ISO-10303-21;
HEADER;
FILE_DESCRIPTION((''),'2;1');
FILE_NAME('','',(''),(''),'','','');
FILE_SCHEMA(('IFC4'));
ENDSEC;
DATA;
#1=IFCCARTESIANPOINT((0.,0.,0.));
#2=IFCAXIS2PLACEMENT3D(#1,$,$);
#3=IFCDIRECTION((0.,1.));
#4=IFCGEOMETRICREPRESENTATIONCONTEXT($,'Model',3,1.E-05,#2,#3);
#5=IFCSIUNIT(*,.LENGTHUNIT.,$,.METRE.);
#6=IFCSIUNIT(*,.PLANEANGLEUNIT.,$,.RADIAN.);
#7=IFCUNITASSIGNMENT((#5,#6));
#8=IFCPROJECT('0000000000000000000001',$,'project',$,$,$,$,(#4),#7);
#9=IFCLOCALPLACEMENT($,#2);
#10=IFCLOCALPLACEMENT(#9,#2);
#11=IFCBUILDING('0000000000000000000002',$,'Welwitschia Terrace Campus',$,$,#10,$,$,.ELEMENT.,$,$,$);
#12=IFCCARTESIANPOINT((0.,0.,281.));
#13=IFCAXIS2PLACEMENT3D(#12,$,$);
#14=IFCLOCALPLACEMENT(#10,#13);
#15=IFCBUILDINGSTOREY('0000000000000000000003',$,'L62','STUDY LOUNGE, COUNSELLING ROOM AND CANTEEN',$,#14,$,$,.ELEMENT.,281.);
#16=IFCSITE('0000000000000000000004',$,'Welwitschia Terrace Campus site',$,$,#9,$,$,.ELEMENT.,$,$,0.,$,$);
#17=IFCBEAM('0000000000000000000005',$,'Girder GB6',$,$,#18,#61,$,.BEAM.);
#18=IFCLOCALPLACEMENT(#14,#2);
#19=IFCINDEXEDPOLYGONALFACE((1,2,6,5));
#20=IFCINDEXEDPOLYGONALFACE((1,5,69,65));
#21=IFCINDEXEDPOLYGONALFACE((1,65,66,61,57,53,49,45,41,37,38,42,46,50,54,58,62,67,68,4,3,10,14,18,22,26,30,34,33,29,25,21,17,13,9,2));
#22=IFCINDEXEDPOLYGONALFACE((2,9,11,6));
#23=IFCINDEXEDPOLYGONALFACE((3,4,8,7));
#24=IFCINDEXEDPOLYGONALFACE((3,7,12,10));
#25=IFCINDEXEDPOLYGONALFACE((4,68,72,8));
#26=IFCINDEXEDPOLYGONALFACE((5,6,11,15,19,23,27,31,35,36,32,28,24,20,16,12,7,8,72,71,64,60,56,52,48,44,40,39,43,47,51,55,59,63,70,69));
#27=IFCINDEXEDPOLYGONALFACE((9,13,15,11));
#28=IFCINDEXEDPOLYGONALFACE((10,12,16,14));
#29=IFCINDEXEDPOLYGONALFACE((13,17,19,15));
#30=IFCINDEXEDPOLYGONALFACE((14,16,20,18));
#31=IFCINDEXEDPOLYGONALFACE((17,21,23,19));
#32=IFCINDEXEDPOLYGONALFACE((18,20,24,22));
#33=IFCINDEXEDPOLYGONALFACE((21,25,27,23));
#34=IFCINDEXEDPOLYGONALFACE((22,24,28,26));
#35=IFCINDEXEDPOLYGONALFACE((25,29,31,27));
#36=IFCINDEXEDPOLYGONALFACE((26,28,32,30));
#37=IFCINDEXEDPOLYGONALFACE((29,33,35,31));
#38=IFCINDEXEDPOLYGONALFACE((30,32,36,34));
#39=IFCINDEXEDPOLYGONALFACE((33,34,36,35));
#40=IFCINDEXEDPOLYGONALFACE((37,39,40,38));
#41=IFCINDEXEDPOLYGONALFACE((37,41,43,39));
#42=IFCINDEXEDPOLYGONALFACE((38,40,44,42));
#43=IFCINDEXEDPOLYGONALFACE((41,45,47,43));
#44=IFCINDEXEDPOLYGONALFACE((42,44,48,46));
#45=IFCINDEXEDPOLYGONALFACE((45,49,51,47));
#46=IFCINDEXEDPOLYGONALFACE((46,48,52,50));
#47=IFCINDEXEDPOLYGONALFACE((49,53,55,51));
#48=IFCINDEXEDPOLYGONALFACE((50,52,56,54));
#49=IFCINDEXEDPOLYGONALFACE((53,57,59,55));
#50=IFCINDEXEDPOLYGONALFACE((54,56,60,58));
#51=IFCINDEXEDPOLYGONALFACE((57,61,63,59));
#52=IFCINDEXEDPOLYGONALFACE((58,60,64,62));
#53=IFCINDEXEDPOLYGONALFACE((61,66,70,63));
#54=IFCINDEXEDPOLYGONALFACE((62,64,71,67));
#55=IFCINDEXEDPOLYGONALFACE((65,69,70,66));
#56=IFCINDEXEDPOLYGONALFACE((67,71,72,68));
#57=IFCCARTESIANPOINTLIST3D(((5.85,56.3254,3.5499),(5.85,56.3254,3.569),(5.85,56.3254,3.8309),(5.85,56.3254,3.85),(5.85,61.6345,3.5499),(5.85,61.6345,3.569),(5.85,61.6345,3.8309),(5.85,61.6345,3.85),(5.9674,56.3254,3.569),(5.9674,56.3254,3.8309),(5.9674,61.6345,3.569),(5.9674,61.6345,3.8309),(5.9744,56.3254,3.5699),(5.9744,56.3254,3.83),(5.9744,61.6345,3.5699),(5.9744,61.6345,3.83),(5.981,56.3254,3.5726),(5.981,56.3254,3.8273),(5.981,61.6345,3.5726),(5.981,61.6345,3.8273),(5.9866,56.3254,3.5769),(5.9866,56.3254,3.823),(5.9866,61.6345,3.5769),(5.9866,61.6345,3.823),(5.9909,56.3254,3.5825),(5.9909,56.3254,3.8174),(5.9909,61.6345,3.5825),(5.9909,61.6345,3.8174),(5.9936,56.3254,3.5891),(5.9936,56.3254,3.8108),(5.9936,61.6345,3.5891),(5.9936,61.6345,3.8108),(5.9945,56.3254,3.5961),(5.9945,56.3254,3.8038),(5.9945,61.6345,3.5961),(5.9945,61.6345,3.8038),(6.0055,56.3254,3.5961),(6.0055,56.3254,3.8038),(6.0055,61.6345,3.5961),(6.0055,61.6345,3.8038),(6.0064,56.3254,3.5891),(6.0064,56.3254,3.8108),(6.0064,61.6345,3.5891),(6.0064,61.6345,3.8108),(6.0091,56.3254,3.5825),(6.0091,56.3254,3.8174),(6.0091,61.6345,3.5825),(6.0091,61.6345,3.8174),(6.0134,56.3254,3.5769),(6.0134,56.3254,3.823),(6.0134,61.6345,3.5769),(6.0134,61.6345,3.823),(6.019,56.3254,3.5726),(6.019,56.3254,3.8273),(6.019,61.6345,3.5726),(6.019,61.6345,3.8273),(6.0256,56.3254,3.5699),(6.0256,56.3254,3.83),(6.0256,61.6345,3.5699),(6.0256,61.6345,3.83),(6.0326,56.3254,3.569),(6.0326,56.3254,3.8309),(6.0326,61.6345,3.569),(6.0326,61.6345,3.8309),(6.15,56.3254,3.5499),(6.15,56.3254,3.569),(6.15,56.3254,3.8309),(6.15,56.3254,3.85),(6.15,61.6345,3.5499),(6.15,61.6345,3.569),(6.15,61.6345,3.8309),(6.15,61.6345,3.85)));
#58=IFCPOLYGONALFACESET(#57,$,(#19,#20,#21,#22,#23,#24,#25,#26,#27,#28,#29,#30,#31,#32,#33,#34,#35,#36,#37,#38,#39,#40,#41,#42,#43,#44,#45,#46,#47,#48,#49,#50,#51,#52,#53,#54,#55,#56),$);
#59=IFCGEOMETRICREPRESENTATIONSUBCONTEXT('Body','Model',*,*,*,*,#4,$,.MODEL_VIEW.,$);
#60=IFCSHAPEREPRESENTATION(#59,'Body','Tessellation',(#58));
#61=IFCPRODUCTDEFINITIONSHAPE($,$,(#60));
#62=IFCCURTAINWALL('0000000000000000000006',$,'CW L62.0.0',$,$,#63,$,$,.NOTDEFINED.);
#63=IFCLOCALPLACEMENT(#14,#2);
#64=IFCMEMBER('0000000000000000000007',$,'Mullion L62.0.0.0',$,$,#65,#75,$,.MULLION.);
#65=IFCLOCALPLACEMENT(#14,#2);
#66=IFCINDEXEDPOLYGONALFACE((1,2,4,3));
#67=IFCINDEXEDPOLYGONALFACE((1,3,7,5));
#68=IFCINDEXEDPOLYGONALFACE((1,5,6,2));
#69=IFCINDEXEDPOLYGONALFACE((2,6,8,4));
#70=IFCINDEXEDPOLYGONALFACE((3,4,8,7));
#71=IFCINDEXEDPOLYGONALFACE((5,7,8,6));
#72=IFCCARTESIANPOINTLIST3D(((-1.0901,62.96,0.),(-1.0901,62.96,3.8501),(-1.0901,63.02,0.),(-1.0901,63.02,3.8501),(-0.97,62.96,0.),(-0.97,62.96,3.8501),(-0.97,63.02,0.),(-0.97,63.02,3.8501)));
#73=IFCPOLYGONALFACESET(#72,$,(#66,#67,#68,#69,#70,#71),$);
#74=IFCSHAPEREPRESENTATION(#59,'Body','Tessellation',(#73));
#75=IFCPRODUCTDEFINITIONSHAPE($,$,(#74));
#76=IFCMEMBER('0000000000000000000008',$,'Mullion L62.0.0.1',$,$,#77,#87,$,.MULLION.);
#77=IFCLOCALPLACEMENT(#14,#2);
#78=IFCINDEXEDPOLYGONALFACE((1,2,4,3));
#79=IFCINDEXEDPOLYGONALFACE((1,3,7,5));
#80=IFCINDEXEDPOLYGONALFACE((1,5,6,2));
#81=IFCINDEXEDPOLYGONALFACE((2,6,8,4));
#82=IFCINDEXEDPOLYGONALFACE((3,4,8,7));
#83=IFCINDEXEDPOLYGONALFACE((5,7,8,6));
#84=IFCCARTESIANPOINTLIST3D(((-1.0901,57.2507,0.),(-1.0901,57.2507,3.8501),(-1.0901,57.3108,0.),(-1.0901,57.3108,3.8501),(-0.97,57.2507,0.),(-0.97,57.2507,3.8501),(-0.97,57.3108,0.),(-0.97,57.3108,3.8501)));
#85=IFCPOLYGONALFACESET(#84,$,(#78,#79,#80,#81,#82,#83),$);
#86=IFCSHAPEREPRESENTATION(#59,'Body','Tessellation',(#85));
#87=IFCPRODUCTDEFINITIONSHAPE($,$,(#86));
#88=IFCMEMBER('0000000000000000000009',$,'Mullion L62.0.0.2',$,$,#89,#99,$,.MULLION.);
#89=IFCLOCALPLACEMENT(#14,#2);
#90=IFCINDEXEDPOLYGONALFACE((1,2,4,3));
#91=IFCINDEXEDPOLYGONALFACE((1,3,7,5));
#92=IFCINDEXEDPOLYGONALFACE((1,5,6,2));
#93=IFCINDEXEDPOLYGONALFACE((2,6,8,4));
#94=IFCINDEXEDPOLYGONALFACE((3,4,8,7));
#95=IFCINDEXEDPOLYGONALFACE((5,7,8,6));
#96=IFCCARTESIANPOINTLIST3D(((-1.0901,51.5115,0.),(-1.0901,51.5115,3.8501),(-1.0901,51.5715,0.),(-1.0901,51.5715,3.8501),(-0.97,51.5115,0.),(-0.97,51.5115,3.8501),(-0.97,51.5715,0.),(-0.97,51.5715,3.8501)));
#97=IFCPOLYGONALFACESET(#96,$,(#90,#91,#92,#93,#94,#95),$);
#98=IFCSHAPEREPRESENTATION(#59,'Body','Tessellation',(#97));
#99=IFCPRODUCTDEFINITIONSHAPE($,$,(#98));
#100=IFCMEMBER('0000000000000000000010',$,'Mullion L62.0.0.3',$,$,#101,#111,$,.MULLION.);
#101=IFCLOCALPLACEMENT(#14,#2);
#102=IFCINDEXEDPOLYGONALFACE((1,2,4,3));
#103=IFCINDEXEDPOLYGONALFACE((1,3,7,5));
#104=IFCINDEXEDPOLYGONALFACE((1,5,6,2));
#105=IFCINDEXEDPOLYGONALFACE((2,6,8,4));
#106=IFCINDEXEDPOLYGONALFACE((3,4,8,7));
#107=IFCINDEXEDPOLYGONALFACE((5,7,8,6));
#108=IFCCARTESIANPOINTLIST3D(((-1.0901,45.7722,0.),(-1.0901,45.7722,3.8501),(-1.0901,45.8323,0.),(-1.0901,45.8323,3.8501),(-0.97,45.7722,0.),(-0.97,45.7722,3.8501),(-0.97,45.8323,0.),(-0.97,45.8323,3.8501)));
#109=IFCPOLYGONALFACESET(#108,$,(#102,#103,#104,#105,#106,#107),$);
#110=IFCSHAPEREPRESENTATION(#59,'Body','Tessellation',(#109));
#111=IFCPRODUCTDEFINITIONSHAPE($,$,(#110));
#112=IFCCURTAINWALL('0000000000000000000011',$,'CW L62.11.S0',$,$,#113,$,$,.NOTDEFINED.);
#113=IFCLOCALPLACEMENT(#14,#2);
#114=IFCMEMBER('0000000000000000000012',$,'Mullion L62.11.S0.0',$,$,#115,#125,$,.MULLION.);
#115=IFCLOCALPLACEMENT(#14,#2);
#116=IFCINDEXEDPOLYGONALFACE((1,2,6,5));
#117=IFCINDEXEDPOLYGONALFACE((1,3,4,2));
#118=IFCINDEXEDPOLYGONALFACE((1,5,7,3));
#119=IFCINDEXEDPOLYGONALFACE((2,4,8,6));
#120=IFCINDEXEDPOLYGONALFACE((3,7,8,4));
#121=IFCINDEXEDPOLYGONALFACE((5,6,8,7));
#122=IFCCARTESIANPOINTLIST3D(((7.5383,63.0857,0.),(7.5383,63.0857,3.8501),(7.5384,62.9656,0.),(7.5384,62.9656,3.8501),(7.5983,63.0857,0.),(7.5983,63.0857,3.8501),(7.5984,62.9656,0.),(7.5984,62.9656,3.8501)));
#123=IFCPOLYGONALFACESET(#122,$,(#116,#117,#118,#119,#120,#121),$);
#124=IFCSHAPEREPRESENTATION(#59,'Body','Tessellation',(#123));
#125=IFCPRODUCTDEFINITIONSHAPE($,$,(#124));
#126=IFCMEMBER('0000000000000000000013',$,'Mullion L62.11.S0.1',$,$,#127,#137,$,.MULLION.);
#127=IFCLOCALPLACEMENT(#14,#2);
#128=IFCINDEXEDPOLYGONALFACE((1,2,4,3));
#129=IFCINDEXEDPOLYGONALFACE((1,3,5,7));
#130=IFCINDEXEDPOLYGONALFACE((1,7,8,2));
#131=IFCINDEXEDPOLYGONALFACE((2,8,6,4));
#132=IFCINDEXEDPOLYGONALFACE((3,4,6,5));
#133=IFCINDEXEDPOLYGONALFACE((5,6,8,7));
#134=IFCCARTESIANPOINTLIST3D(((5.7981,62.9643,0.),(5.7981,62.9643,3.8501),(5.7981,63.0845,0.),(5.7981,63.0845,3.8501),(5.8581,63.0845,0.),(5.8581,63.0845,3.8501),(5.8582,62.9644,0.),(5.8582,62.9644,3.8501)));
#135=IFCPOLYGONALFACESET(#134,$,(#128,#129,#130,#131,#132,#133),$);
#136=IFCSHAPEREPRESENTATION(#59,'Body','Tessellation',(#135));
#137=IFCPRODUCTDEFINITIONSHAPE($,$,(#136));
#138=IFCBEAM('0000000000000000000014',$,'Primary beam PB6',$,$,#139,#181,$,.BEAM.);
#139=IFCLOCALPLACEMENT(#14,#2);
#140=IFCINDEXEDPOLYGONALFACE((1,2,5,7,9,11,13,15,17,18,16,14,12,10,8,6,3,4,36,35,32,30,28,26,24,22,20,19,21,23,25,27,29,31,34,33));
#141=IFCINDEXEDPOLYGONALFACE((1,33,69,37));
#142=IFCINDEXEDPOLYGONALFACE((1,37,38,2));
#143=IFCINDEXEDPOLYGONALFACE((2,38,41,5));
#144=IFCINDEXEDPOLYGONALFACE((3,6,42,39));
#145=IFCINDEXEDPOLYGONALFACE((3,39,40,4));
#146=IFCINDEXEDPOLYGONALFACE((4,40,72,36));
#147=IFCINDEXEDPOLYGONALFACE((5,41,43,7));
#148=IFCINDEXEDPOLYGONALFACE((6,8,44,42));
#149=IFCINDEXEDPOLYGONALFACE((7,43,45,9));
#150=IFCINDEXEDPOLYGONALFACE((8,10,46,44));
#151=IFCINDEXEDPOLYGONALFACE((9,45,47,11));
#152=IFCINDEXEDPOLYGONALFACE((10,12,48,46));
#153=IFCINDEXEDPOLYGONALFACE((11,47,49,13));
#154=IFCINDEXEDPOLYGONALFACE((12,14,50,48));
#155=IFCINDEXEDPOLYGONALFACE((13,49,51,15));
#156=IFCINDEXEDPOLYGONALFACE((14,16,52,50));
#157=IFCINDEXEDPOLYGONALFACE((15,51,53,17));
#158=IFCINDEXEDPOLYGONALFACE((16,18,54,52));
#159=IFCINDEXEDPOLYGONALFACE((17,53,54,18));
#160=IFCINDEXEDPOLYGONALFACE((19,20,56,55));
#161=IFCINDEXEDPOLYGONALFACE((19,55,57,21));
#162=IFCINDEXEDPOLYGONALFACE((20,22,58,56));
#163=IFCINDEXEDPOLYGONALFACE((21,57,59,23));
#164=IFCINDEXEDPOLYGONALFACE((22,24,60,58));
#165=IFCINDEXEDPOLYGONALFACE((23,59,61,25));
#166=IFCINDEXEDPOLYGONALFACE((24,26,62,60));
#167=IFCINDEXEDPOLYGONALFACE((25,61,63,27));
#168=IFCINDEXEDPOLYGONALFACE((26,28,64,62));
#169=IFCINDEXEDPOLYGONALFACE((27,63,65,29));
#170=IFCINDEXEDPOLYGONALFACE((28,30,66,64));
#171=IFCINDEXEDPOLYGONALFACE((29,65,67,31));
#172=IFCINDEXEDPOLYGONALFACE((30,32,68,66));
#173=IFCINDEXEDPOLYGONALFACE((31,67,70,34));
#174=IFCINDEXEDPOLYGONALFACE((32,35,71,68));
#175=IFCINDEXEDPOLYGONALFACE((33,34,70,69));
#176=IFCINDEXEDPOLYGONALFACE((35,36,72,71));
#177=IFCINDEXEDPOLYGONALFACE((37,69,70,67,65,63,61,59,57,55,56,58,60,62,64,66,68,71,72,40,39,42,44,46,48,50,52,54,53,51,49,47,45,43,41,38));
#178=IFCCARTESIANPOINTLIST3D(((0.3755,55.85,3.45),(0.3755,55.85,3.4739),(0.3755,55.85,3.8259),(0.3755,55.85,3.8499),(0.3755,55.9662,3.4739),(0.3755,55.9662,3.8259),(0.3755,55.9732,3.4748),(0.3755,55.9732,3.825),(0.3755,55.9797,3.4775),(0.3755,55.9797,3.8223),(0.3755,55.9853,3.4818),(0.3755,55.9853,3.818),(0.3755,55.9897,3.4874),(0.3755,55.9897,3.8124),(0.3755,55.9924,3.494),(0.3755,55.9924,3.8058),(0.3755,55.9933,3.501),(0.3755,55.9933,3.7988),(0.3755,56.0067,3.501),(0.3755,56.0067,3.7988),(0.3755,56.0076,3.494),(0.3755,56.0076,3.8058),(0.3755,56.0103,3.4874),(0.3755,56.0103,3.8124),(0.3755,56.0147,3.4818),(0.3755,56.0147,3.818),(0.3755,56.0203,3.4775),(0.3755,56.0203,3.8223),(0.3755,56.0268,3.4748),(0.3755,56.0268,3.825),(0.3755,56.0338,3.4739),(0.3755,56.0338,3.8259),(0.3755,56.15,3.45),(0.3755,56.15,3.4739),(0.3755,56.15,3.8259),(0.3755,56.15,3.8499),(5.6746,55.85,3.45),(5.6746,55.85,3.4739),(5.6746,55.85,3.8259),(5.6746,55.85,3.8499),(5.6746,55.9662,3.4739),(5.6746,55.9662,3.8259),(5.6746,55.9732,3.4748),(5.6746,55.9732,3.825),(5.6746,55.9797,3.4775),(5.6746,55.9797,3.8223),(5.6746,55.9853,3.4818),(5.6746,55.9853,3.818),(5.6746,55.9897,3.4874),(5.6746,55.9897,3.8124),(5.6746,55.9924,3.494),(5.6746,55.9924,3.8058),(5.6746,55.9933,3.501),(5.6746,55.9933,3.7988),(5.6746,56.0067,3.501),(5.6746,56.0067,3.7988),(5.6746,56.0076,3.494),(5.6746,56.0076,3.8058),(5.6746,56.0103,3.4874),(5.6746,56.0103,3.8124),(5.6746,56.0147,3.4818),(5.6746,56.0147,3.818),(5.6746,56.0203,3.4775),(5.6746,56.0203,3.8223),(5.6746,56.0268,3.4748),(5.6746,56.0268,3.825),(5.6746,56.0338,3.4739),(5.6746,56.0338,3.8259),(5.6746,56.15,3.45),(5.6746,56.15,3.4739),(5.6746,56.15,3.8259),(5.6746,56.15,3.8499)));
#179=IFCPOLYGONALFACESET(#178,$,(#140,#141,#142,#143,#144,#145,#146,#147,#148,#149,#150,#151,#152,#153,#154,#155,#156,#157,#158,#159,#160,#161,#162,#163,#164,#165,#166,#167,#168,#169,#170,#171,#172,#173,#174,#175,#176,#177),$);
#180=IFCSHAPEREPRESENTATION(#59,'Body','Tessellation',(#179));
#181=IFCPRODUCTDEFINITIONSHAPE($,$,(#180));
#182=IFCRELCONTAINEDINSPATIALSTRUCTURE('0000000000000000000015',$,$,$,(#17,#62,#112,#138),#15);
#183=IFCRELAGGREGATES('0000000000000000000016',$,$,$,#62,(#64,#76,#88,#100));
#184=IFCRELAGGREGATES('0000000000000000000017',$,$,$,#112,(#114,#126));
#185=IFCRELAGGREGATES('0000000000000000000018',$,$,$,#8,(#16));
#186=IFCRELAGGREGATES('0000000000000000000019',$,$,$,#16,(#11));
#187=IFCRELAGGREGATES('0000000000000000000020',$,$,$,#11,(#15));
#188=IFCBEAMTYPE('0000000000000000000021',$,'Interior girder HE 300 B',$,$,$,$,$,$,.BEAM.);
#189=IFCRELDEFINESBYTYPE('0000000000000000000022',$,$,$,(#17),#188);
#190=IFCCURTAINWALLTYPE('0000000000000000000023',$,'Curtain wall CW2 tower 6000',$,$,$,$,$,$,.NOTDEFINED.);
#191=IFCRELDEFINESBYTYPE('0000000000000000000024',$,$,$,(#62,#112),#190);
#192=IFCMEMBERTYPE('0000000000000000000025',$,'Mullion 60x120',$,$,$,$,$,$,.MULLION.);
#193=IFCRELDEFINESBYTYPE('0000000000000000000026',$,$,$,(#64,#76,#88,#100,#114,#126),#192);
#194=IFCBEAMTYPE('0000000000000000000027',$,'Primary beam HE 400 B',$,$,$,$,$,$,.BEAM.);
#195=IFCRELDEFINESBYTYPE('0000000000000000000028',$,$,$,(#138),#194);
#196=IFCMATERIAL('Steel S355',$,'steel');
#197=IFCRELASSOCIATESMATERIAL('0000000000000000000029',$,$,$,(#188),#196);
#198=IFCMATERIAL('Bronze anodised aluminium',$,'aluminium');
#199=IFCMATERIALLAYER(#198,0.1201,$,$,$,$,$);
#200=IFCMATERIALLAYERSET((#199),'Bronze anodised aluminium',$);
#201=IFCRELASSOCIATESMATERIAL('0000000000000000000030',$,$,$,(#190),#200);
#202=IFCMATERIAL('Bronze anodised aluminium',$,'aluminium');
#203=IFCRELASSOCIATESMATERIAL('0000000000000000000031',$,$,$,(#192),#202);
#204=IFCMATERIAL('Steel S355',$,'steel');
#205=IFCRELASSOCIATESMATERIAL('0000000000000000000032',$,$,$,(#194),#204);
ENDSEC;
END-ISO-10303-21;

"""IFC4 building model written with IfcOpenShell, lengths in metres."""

from ifc_helpers import new_model, si_unit, direction, frame, origin, origin_2d, place, context, subcontext, project, spatial, rectangle, i_section, extrude, material, layer, layer_set, material_profile, profile_set, type_object, element, aggregate, save


model = new_model("IFC4")

# Units and contexts
model_context = context("Model", 3, precision=1e-05, world=origin(), true_north=direction((0.0, 1.0)))
body_context = subcontext(model_context, "Body", "Model", "MODEL_VIEW")
ifc_project = project(units=[si_unit("LENGTHUNIT", "METRE"), si_unit("PLANEANGLEUNIT", "RADIAN")], contexts=[model_context])

# Site, building, storey
site_placement = place(None, origin())
site = spatial("IfcSite", under=ifc_project, at=site_placement, Name="Welwitschia Terrace Campus site", CompositionType="ELEMENT", RefElevation=0.0)
building_placement = place(site_placement, origin())
building = spatial("IfcBuilding", under=site, at=building_placement, Name="Welwitschia Terrace Campus", CompositionType="ELEMENT")
storey_placement = place(building_placement, frame((0.0, 0.0, 281.0)))
storey = spatial("IfcBuildingStorey", under=building, at=storey_placement, Name="L62", Description="STUDY LOUNGE, COUNSELLING ROOM AND CANTEEN", CompositionType="ELEMENT", Elevation=281.0)

# Beam
ifc_material_1 = material(Name="Steel S355", Category="steel")
ifc_material_profile_1 = material_profile(ifc_material_1, i_section(OverallWidth=0.3, OverallDepth=0.3, WebThickness=0.011, FlangeThickness=0.019, FilletRadius=0.0271, at=origin_2d()))
ifc_profile_set_1 = profile_set([ifc_material_profile_1], Name="Steel S355")
beam_type_1 = type_object("IfcBeamType", Name="Interior girder HE 300 B", PredefinedType="BEAM", material=ifc_profile_set_1)
beam_1_placement = place(storey_placement, frame((6.0, 56.3254, 3.7), z_axis=(0.0, 1.0, 0.0), x_axis=(-1.0, 0.0, 0.0)))
element("IfcBeam", 1, at=beam_1_placement, inside=storey, type_object=beam_type_1, Name="Girder GB6", PredefinedType="BEAM", context=body_context, shape_type="SweptSolid", body=[
    extrude(i_section(OverallWidth=0.3, OverallDepth=0.3, WebThickness=0.011, FlangeThickness=0.019, FilletRadius=0.0271, at=origin_2d()), origin(), (0.0, 0.0, 1.0), 5.3091),
])

# Curtain walls, members
ifc_material_2 = material(Name="Bronze anodised aluminium", Category="aluminium")
ifc_layer_1 = layer(ifc_material_2, 0.1201)
ifc_layer_set_1 = layer_set([ifc_layer_1], Name="Bronze anodised aluminium")
curtain_wall_type = type_object("IfcCurtainWallType", Name="Curtain wall CW2 tower 6000", PredefinedType="NOTDEFINED", material=ifc_layer_set_1)
curtain_wall_1_placement = place(storey_placement, origin())
curtain_wall_1 = element("IfcCurtainWall", 2, at=curtain_wall_1_placement, inside=storey, type_object=curtain_wall_type, Name="CW L62.0.0", PredefinedType="NOTDEFINED")
ifc_material_3 = material(Name="Bronze anodised aluminium", Category="aluminium")
ifc_material_profile_2 = material_profile(ifc_material_3, rectangle(XDim=0.1201, YDim=0.0601, at=origin_2d()))
ifc_profile_set_2 = profile_set([ifc_material_profile_2], Name="Bronze anodised aluminium")
member_type_1 = type_object("IfcMemberType", Name="Mullion 60x120", PredefinedType="MULLION", material=ifc_profile_set_2)
member_1_placement = place(storey_placement, frame((-1.03, 62.99, 0.0), z_axis=(0.0, 0.0, 1.0), x_axis=(1.0, 0.0, 0.0)))
member_1 = element("IfcMember", 3, at=member_1_placement, type_object=member_type_1, Name="Mullion L62.0.0.0", PredefinedType="MULLION", context=body_context, shape_type="SweptSolid", body=[
    extrude(rectangle(XDim=0.1201, YDim=0.0601, at=origin_2d()), origin(), (0.0, 0.0, 1.0), 3.8501),
])
member_2_placement = place(storey_placement, frame((-1.03, 57.2808, 0.0), z_axis=(0.0, 0.0, 1.0), x_axis=(1.0, 0.0, 0.0)))
member_2 = element("IfcMember", 4, at=member_2_placement, type_object=member_type_1, Name="Mullion L62.0.0.1", PredefinedType="MULLION", context=body_context, shape_type="SweptSolid", body=[
    extrude(rectangle(XDim=0.1201, YDim=0.0601, at=origin_2d()), origin(), (0.0, 0.0, 1.0), 3.8501),
])
member_3_placement = place(storey_placement, frame((-1.03, 51.5415, 0.0), z_axis=(0.0, 0.0, 1.0), x_axis=(1.0, 0.0, 0.0)))
member_3 = element("IfcMember", 5, at=member_3_placement, type_object=member_type_1, Name="Mullion L62.0.0.2", PredefinedType="MULLION", context=body_context, shape_type="SweptSolid", body=[
    extrude(rectangle(XDim=0.1201, YDim=0.0601, at=origin_2d()), origin(), (0.0, 0.0, 1.0), 3.8501),
])
member_4_placement = place(storey_placement, frame((-1.03, 45.8022, 0.0), z_axis=(0.0, 0.0, 1.0), x_axis=(1.0, 0.0, 0.0)))
member_4 = element("IfcMember", 6, at=member_4_placement, type_object=member_type_1, Name="Mullion L62.0.0.3", PredefinedType="MULLION", context=body_context, shape_type="SweptSolid", body=[
    extrude(rectangle(XDim=0.1201, YDim=0.0601, at=origin_2d()), origin(), (0.0, 0.0, 1.0), 3.8501),
])
curtain_wall_2_placement = place(storey_placement, origin())
curtain_wall_2 = element("IfcCurtainWall", 7, at=curtain_wall_2_placement, inside=storey, type_object=curtain_wall_type, Name="CW L62.11.S0", PredefinedType="NOTDEFINED")
member_5_placement = place(storey_placement, frame((7.5684, 63.0256, 0.0), z_axis=(0.0, 0.0, 1.0), x_axis=(0.000648, -1.0, 0.0)))
member_5 = element("IfcMember", 8, at=member_5_placement, type_object=member_type_1, Name="Mullion L62.11.S0.0", PredefinedType="MULLION", context=body_context, shape_type="SweptSolid", body=[
    extrude(rectangle(XDim=0.1201, YDim=0.0601, at=origin_2d()), origin(), (0.0, 0.0, 1.0), 3.8501),
])
member_6_placement = place(storey_placement, frame((5.8281, 63.0244, 0.0), z_axis=(0.0, 0.0, 1.0), x_axis=(0.000648, -1.0, 0.0)))
member_6 = element("IfcMember", 9, at=member_6_placement, type_object=member_type_1, Name="Mullion L62.11.S0.1", PredefinedType="MULLION", context=body_context, shape_type="SweptSolid", body=[
    extrude(rectangle(XDim=0.1201, YDim=0.0601, at=origin_2d()), origin(), (0.0, 0.0, 1.0), 3.8501),
])

# Beam
ifc_material_4 = material(Name="Steel S355", Category="steel")
ifc_material_profile_3 = material_profile(ifc_material_4, i_section(OverallWidth=0.3, OverallDepth=0.3999, WebThickness=0.0134, FlangeThickness=0.0239, FilletRadius=0.0271, at=origin_2d()))
ifc_profile_set_3 = profile_set([ifc_material_profile_3], Name="Steel S355")
beam_type_2 = type_object("IfcBeamType", Name="Primary beam HE 400 B", PredefinedType="BEAM", material=ifc_profile_set_3)
for number, where, z_axis, x_axis, name in (
    (10, (0.3755, 56.0, 3.6499), (1.0, 0.0, 0.0), (0.0, 1.0, 0.0), "Primary beam PB6"),
):
    element("IfcBeam", number, at=place(storey_placement, frame(where, z_axis=z_axis, x_axis=x_axis)), inside=storey, type_object=beam_type_2, Name=name, PredefinedType="BEAM", context=body_context, shape_type="SweptSolid", body=[
        extrude(i_section(OverallWidth=0.3, OverallDepth=0.3999, WebThickness=0.0134, FlangeThickness=0.0239, FilletRadius=0.0271, at=origin_2d()), origin(), (0.0, 0.0, 1.0), 5.2991),
    ])

aggregate(curtain_wall_1, [member_1, member_2, member_3, member_4])
aggregate(curtain_wall_2, [member_5, member_6])

save(model, "model.ifc")
